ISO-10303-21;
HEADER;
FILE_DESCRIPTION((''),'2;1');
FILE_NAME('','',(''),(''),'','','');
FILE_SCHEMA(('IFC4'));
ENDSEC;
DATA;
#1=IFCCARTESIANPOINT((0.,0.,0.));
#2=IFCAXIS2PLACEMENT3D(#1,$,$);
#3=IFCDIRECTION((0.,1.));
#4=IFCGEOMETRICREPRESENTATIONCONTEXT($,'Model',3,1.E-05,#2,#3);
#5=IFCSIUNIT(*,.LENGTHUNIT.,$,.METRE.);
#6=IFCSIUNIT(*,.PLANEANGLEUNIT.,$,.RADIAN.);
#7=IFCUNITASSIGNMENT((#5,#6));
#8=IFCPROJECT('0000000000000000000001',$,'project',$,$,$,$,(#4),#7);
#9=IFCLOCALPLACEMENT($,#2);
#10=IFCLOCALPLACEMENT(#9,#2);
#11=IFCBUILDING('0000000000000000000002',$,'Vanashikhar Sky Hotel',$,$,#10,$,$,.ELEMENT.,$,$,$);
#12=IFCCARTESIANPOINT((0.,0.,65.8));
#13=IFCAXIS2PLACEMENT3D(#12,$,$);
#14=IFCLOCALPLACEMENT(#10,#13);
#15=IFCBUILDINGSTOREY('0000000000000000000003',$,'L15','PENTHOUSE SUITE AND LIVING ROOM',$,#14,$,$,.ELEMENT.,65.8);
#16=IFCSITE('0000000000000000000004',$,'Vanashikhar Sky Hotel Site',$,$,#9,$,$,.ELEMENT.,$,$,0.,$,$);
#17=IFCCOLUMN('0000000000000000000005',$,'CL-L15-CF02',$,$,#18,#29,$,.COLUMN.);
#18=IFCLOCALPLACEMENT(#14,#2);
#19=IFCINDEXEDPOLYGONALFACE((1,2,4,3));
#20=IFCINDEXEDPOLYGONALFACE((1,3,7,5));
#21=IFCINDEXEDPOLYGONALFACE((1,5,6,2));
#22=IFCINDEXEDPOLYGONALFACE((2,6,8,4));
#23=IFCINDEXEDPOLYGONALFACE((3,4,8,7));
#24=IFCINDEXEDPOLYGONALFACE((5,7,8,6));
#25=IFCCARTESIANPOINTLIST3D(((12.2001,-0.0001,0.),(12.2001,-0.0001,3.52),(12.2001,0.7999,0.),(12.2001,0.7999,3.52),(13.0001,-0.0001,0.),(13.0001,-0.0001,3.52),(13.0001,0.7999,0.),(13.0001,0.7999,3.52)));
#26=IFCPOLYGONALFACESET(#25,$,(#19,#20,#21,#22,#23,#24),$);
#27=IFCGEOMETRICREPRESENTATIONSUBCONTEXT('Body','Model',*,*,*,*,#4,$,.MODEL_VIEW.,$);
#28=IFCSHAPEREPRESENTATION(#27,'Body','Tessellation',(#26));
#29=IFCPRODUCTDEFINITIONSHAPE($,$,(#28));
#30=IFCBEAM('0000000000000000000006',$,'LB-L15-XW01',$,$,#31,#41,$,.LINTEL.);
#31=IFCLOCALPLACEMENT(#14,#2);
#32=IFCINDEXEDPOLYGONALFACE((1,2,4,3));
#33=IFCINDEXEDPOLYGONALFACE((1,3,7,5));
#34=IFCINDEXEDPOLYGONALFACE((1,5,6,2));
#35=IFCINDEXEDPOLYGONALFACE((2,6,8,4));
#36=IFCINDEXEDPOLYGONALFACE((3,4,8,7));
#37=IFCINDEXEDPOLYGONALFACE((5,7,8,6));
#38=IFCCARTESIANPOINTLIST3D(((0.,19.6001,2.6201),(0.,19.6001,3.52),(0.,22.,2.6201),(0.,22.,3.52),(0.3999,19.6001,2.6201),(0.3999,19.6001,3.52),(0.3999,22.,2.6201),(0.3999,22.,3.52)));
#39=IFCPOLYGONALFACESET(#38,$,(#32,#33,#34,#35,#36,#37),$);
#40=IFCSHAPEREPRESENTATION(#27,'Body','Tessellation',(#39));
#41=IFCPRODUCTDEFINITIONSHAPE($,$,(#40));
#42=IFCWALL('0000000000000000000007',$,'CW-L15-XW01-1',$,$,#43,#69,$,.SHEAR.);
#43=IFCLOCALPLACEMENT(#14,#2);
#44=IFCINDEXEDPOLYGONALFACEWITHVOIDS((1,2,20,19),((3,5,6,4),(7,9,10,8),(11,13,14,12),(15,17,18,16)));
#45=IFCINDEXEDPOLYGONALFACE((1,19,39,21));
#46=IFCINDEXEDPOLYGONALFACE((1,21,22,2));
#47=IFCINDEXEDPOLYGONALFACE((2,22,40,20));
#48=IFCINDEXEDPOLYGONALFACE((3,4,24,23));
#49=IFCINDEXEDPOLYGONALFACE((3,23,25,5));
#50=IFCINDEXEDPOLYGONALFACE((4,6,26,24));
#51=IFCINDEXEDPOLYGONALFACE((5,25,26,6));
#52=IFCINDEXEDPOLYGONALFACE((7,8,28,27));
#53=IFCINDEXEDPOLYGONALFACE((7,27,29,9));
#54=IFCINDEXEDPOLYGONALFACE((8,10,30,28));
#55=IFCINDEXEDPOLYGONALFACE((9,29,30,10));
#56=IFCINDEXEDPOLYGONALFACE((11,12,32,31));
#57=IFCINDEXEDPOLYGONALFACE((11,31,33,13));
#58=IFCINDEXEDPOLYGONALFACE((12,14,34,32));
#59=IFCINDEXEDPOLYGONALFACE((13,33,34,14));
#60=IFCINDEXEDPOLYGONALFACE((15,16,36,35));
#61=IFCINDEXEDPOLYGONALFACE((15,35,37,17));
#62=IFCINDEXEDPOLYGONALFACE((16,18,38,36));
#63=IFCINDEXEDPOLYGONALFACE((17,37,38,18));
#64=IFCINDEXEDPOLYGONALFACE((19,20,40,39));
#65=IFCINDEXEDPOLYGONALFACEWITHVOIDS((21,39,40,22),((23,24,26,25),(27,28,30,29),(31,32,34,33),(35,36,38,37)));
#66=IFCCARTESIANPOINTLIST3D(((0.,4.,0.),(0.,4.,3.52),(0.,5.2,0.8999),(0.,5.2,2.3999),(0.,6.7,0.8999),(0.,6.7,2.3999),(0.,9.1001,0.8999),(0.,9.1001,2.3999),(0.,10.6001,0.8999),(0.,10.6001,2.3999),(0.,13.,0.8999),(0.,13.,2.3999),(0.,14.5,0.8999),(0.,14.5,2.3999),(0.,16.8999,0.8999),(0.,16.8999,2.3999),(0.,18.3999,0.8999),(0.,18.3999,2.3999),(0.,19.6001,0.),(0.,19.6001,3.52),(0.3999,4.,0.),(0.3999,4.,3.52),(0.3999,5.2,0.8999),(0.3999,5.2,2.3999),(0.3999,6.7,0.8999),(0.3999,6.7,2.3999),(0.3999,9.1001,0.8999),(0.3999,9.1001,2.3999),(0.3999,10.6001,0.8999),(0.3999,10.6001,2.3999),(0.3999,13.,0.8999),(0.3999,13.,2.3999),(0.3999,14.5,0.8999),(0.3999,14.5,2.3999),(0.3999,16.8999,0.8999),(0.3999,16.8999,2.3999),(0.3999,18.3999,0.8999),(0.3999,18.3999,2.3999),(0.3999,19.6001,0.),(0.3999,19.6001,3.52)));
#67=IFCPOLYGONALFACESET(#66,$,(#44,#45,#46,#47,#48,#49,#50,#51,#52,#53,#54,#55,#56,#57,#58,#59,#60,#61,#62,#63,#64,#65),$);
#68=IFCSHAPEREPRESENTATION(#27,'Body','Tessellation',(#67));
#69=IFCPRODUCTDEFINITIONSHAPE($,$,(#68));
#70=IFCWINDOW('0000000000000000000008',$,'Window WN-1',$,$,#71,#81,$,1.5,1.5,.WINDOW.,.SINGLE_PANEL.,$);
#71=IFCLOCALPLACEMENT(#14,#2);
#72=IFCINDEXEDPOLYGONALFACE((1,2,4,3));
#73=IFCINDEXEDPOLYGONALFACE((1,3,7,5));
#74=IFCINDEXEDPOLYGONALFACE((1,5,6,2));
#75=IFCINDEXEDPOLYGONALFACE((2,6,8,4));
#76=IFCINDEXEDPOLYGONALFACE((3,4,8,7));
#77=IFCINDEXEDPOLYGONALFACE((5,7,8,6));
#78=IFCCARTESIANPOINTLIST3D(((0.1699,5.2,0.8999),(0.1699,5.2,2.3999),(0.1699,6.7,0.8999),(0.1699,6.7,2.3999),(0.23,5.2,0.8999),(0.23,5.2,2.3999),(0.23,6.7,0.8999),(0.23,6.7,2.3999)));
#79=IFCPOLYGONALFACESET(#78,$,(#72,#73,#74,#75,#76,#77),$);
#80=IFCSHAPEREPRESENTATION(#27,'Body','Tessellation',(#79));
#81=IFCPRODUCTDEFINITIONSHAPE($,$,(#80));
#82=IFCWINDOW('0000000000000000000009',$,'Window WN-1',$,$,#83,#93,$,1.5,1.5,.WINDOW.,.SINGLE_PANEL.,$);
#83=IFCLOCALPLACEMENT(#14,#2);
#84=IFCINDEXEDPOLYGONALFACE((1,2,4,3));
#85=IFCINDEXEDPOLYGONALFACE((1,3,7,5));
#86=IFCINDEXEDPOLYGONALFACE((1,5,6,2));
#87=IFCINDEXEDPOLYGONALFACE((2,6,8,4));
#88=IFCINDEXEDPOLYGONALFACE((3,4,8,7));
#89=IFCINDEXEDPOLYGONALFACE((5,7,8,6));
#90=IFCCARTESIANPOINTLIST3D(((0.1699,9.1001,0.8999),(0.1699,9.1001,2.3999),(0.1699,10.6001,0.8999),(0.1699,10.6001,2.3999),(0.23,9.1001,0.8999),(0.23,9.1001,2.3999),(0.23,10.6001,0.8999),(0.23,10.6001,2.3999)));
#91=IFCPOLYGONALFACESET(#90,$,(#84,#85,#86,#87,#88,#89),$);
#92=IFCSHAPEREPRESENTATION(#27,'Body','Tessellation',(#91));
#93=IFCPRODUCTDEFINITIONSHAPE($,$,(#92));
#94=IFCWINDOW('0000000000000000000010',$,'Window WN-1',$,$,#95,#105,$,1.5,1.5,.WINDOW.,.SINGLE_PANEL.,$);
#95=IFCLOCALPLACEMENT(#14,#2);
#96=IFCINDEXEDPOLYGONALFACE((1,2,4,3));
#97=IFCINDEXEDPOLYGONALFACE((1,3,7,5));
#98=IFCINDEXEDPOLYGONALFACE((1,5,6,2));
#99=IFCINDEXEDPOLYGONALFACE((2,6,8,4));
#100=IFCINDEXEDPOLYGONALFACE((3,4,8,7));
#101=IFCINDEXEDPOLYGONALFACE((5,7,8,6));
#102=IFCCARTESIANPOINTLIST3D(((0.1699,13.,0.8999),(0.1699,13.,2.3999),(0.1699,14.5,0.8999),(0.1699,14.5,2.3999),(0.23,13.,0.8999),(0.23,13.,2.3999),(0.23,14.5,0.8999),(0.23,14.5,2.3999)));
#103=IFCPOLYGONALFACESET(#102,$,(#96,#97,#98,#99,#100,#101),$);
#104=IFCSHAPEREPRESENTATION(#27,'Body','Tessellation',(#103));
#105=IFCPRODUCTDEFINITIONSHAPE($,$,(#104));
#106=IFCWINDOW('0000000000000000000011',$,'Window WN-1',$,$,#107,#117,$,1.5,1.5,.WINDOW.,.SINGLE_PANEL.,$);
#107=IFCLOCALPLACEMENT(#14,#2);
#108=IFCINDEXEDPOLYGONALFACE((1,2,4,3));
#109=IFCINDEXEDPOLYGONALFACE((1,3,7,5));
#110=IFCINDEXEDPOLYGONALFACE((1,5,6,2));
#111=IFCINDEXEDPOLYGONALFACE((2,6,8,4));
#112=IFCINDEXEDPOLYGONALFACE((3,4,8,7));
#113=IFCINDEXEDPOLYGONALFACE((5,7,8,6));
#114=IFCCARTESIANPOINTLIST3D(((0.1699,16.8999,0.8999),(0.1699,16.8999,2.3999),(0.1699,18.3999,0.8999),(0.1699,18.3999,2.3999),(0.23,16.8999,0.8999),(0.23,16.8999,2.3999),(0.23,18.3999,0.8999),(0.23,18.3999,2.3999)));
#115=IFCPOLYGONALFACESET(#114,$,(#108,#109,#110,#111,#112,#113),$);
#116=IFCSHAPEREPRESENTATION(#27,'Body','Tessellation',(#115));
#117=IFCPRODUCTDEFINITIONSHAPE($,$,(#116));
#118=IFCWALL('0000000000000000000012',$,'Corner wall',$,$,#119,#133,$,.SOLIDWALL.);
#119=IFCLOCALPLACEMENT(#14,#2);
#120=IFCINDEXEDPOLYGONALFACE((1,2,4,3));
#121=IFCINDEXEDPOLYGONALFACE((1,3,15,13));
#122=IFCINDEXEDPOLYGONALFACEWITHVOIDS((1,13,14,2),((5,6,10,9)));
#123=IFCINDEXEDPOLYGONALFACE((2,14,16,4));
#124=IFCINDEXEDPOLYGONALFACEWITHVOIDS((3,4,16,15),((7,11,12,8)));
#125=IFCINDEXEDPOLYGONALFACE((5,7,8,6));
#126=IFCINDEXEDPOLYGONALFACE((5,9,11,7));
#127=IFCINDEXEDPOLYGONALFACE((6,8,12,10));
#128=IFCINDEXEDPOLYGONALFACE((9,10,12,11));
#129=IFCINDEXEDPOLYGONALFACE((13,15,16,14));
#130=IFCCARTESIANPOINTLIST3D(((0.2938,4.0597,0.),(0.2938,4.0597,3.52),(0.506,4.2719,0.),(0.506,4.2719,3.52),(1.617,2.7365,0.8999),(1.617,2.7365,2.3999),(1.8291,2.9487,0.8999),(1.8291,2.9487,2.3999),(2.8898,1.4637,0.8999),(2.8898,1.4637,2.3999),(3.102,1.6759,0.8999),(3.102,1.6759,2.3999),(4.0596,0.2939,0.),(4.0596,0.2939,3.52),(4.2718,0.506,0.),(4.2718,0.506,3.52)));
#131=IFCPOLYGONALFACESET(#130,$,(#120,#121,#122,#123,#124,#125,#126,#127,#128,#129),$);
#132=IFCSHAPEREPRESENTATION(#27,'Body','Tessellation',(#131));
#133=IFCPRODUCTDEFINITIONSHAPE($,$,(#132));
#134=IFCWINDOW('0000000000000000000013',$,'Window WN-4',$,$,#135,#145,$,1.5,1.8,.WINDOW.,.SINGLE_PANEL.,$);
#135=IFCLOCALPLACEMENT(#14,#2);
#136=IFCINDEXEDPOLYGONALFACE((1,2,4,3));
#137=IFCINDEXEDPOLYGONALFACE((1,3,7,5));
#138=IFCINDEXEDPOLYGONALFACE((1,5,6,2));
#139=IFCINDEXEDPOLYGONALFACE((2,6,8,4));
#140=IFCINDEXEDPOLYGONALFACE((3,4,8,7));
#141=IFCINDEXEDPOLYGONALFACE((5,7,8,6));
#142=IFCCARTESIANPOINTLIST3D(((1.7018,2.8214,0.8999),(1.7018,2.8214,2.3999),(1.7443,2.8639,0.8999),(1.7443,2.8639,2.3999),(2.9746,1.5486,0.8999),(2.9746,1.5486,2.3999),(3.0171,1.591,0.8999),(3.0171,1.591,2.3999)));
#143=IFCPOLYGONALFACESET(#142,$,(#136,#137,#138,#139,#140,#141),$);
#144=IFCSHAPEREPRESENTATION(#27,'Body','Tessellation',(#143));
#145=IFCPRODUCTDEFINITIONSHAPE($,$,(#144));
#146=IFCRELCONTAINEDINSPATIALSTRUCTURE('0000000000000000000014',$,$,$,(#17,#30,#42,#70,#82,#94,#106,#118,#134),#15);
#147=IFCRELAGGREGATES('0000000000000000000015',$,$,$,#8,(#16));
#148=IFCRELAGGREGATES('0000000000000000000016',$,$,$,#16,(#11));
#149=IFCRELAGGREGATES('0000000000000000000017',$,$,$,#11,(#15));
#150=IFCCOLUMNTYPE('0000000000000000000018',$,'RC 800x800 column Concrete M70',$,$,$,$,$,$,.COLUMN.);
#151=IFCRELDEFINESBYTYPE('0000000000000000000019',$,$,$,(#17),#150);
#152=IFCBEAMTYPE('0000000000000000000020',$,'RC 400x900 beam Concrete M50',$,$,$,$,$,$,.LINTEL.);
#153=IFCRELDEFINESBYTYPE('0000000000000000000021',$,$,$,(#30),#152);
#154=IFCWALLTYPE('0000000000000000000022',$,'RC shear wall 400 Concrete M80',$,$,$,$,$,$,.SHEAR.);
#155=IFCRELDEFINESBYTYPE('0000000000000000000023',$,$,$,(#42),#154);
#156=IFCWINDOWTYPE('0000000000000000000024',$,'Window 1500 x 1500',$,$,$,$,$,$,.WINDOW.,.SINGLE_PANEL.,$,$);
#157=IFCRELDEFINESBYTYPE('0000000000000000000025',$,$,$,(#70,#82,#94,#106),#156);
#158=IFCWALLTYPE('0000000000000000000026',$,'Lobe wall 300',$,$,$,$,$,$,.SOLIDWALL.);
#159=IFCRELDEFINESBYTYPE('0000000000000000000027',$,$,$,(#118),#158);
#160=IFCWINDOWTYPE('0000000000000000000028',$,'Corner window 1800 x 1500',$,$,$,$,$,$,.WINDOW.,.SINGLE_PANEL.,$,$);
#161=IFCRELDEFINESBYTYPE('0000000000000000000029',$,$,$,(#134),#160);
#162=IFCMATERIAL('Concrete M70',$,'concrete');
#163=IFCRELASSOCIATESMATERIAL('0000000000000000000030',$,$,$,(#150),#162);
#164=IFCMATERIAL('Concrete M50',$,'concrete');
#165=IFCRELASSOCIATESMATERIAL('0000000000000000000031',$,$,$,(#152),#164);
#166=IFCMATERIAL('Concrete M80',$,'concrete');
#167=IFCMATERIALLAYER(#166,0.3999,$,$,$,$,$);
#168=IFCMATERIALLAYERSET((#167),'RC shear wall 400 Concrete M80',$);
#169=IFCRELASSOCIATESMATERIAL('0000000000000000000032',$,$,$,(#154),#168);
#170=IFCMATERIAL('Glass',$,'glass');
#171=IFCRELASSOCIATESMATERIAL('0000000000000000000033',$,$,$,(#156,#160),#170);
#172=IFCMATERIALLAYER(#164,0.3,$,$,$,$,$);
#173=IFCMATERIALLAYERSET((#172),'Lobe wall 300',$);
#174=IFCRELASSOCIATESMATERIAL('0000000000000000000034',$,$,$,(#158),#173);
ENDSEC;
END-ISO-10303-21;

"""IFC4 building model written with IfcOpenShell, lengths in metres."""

from ifc_helpers import new_model, si_unit, direction, frame, frame_2d, origin, origin_2d, place, context, subcontext, project, spatial, rectangle, extrude, source, transform, mapped, material, layer, layer_set, material_profile, profile_set, type_object, element, fill, save


model = new_model("IFC4")

# Units and contexts
model_context = context("Model", 3, precision=1e-05, world=origin(), true_north=direction((0.0, 1.0)))
body_context = subcontext(model_context, "Body", "Model", "MODEL_VIEW")
ifc_project = project(units=[si_unit("LENGTHUNIT", "METRE"), si_unit("PLANEANGLEUNIT", "RADIAN")], contexts=[model_context])

# Site, building, storey
site_placement = place(None, origin())
site = spatial("IfcSite", under=ifc_project, at=site_placement, Name="Vanashikhar Sky Hotel Site", CompositionType="ELEMENT", RefElevation=0.0)
building_placement = place(site_placement, origin())
building = spatial("IfcBuilding", under=site, at=building_placement, Name="Vanashikhar Sky Hotel", CompositionType="ELEMENT")
storey_placement = place(building_placement, frame((0.0, 0.0, 65.8)))
storey = spatial("IfcBuildingStorey", under=building, at=storey_placement, Name="L15", Description="PENTHOUSE SUITE AND LIVING ROOM", CompositionType="ELEMENT", Elevation=65.8)

# Column
ifc_material_1 = material(Name="Concrete M70", Category="concrete")
ifc_material_profile_1 = material_profile(ifc_material_1, rectangle(XDim=0.8, YDim=0.8, at=origin_2d()))
ifc_profile_set_1 = profile_set([ifc_material_profile_1], Name="RC 800x800 column Concrete M70")
column_type = type_object("IfcColumnType", Name="RC 800x800 column Concrete M70", PredefinedType="COLUMN", material=ifc_profile_set_1)
shared_shape_1 = source(origin(), body_context, "Body", "SweptSolid", [
    extrude(rectangle(XDim=0.8, YDim=0.8, at=origin_2d()), origin(), (0.0, 0.0, 1.0), 3.52),
])
column_placement = place(storey_placement, frame((12.6001, 0.3999, 0.0), z_axis=(0.0, 0.0, 1.0), x_axis=(1.0, 0.0, 0.0)))
element("IfcColumn", 1, at=column_placement, inside=storey, type_object=column_type, Name="CL-L15-CF02", PredefinedType="COLUMN", context=body_context, shape_type="MappedRepresentation", body=[
    mapped(shared_shape_1, transform((0.0, 0.0, 0.0), scale=1.0)),
])

# Beam
ifc_material_2 = material(Name="Concrete M50", Category="concrete")
ifc_material_profile_2 = material_profile(ifc_material_2, rectangle(XDim=0.3999, YDim=0.8999, at=origin_2d()))
ifc_profile_set_2 = profile_set([ifc_material_profile_2], Name="RC 400x900 beam Concrete M50")
beam_type = type_object("IfcBeamType", Name="RC 400x900 beam Concrete M50", PredefinedType="LINTEL", material=ifc_profile_set_2)
shared_shape_2 = source(origin(), body_context, "Body", "SweptSolid", [
    extrude(rectangle(XDim=0.3999, YDim=0.8999, at=origin_2d()), origin(), (0.0, 0.0, 1.0), 2.3999),
])
beam_placement = place(storey_placement, frame((0.2, 19.6001, 3.0701), z_axis=(0.0, 1.0, 0.0), x_axis=(-1.0, 0.0, 0.0)))
element("IfcBeam", 2, at=beam_placement, inside=storey, type_object=beam_type, Name="LB-L15-XW01", PredefinedType="LINTEL", context=body_context, shape_type="MappedRepresentation", body=[
    mapped(shared_shape_2, transform((0.0, 0.0, 0.0), scale=1.0)),
])

# Wall, openings, windows
ifc_material_3 = material(Name="Concrete M80", Category="concrete")
ifc_layer_1 = layer(ifc_material_3, 0.3999)
ifc_layer_set_1 = layer_set([ifc_layer_1], Name="RC shear wall 400 Concrete M80")
wall_type_1 = type_object("IfcWallType", Name="RC shear wall 400 Concrete M80", PredefinedType="SHEAR", material=ifc_layer_set_1)
shared_shape_3 = source(origin(), body_context, "Body", "SweptSolid", [
    extrude(rectangle(XDim=15.6001, YDim=0.3999, at=frame_2d((7.8, 0.0))), origin(), (0.0, 0.0, 1.0), 3.52),
])
wall_1_placement = place(storey_placement, frame((0.2, 4.0, 0.0), z_axis=(0.0, 0.0, 1.0), x_axis=(0.0, 1.0, 0.0)))
wall_1 = element("IfcWall", 3, at=wall_1_placement, inside=storey, type_object=wall_type_1, Name="CW-L15-XW01-1", PredefinedType="SHEAR", context=body_context, shape_type="MappedRepresentation", body=[
    mapped(shared_shape_3, transform((0.0, 0.0, 0.0), scale=1.0)),
])
shared_shape_4 = source(origin(), body_context, "Body", "SweptSolid", [
    extrude(rectangle(XDim=1.5, YDim=1.5, at=frame_2d((0.75, 0.75))), frame((0.0, 0.21, 0.0), z_axis=(0.0, -1.0, 0.0), x_axis=(1.0, 0.0, 0.0)), (0.0, 0.0, 1.0), 0.4199),
])
opening_1_placement = place(wall_1_placement, frame((1.2, 0.0, 0.8999)))
opening_1 = element("IfcOpeningElement", 4, at=opening_1_placement, cuts=wall_1, PredefinedType="OPENING", context=body_context, shape_type="MappedRepresentation", body=[
    mapped(shared_shape_4, transform((0.0, 0.0, 0.0), scale=1.0)),
])
opening_2_placement = place(wall_1_placement, frame((5.1001, 0.0, 0.8999)))
opening_2 = element("IfcOpeningElement", 5, at=opening_2_placement, cuts=wall_1, PredefinedType="OPENING", context=body_context, shape_type="MappedRepresentation", body=[
    mapped(shared_shape_4, transform((0.0, 0.0, 0.0), scale=1.0)),
])
opening_3_placement = place(wall_1_placement, frame((9.0, 0.0, 0.8999)))
opening_3 = element("IfcOpeningElement", 6, at=opening_3_placement, cuts=wall_1, PredefinedType="OPENING", context=body_context, shape_type="MappedRepresentation", body=[
    mapped(shared_shape_4, transform((0.0, 0.0, 0.0), scale=1.0)),
])
opening_4_placement = place(wall_1_placement, frame((12.8999, 0.0, 0.8999)))
opening_4 = element("IfcOpeningElement", 7, at=opening_4_placement, cuts=wall_1, PredefinedType="OPENING", context=body_context, shape_type="MappedRepresentation", body=[
    mapped(shared_shape_4, transform((0.0, 0.0, 0.0), scale=1.0)),
])
ifc_material_4 = material(Name="Glass", Category="glass")
window_type_1 = type_object("IfcWindowType", Name="Window 1500 x 1500", PartitioningType="SINGLE_PANEL", PredefinedType="WINDOW", material=ifc_material_4)
shared_shape_5 = source(origin(), body_context, "Body", "SweptSolid", [
    extrude(rectangle(XDim=1.5, YDim=1.5, at=frame_2d((0.75, 0.75))), frame((0.0, 0.03, 0.0), z_axis=(0.0, -1.0, 0.0), x_axis=(1.0, 0.0, 0.0)), (0.0, 0.0, 1.0), 0.0601),
])
window_1_placement = place(opening_1_placement, origin())
window_1 = element("IfcWindow", 8, at=window_1_placement, inside=storey, type_object=window_type_1, Name="Window WN-1", OverallHeight=1.5, OverallWidth=1.5, PartitioningType="SINGLE_PANEL", PredefinedType="WINDOW", context=body_context, shape_type="MappedRepresentation", body=[
    mapped(shared_shape_5, transform((0.0, 0.0, 0.0), scale=1.0)),
])
fill(opening_1, window_1)
window_2_placement = place(opening_2_placement, origin())
window_2 = element("IfcWindow", 9, at=window_2_placement, inside=storey, type_object=window_type_1, Name="Window WN-1", OverallHeight=1.5, OverallWidth=1.5, PartitioningType="SINGLE_PANEL", PredefinedType="WINDOW", context=body_context, shape_type="MappedRepresentation", body=[
    mapped(shared_shape_5, transform((0.0, 0.0, 0.0), scale=1.0)),
])
fill(opening_2, window_2)
window_3_placement = place(opening_3_placement, origin())
window_3 = element("IfcWindow", 10, at=window_3_placement, inside=storey, type_object=window_type_1, Name="Window WN-1", OverallHeight=1.5, OverallWidth=1.5, PartitioningType="SINGLE_PANEL", PredefinedType="WINDOW", context=body_context, shape_type="MappedRepresentation", body=[
    mapped(shared_shape_5, transform((0.0, 0.0, 0.0), scale=1.0)),
])
fill(opening_3, window_3)
window_4_placement = place(opening_4_placement, origin())
window_4 = element("IfcWindow", 11, at=window_4_placement, inside=storey, type_object=window_type_1, Name="Window WN-1", OverallHeight=1.5, OverallWidth=1.5, PartitioningType="SINGLE_PANEL", PredefinedType="WINDOW", context=body_context, shape_type="MappedRepresentation", body=[
    mapped(shared_shape_5, transform((0.0, 0.0, 0.0), scale=1.0)),
])
fill(opening_4, window_4)

# Wall, opening, window
ifc_layer_2 = layer(ifc_material_2, 0.3)
ifc_layer_set_2 = layer_set([ifc_layer_2], Name="Lobe wall 300")
wall_type_2 = type_object("IfcWallType", Name="Lobe wall 300", PredefinedType="SOLIDWALL", material=ifc_layer_set_2)
shared_shape_6 = source(origin(), body_context, "Body", "SweptSolid", [
    extrude(rectangle(XDim=5.3257, YDim=0.3, at=frame_2d((2.6628, 0.0))), origin(), (0.0, 0.0, 1.0), 3.52),
])
wall_2_placement = place(storey_placement, frame((0.3999, 4.1658, 0.0), z_axis=(0.0, 0.0, 1.0), x_axis=(0.707107, -0.707107, 0.0)))
wall_2 = element("IfcWall", 12, at=wall_2_placement, inside=storey, type_object=wall_type_2, Name="Corner wall", PredefinedType="SOLIDWALL", context=body_context, shape_type="MappedRepresentation", body=[
    mapped(shared_shape_6, transform((0.0, 0.0, 0.0), scale=1.0)),
])
shared_shape_7 = source(origin(), body_context, "Body", "SweptSolid", [
    extrude(rectangle(XDim=1.8, YDim=1.5, at=frame_2d((0.8999, 0.75))), frame((0.0, 0.1602, 0.0), z_axis=(0.0, -1.0, 0.0), x_axis=(1.0, 0.0, 0.0)), (0.0, 0.0, 1.0), 0.3201),
])
opening_5_placement = place(wall_2_placement, frame((1.8713, 0.0, 0.8999)))
opening_5 = element("IfcOpeningElement", 13, at=opening_5_placement, cuts=wall_2, PredefinedType="OPENING", context=body_context, shape_type="MappedRepresentation", body=[
    mapped(shared_shape_7, transform((0.0, 0.0, 0.0), scale=1.0)),
])
window_type_2 = type_object("IfcWindowType", Name="Corner window 1800 x 1500", PartitioningType="SINGLE_PANEL", PredefinedType="WINDOW", material=ifc_material_4)
shared_shape_8 = source(origin(), body_context, "Body", "SweptSolid", [
    extrude(rectangle(XDim=1.8, YDim=1.5, at=frame_2d((0.8999, 0.75))), frame((0.0, 0.03, 0.0), z_axis=(0.0, -1.0, 0.0), x_axis=(1.0, 0.0, 0.0)), (0.0, 0.0, 1.0), 0.0601),
])
window_5_placement = place(opening_5_placement, origin())
window_5 = element("IfcWindow", 14, at=window_5_placement, inside=storey, type_object=window_type_2, Name="Window WN-4", OverallHeight=1.5, OverallWidth=1.8, PartitioningType="SINGLE_PANEL", PredefinedType="WINDOW", context=body_context, shape_type="MappedRepresentation", body=[
    mapped(shared_shape_8, transform((0.0, 0.0, 0.0), scale=1.0)),
])
fill(opening_5, window_5)

save(model, "model.ifc")
